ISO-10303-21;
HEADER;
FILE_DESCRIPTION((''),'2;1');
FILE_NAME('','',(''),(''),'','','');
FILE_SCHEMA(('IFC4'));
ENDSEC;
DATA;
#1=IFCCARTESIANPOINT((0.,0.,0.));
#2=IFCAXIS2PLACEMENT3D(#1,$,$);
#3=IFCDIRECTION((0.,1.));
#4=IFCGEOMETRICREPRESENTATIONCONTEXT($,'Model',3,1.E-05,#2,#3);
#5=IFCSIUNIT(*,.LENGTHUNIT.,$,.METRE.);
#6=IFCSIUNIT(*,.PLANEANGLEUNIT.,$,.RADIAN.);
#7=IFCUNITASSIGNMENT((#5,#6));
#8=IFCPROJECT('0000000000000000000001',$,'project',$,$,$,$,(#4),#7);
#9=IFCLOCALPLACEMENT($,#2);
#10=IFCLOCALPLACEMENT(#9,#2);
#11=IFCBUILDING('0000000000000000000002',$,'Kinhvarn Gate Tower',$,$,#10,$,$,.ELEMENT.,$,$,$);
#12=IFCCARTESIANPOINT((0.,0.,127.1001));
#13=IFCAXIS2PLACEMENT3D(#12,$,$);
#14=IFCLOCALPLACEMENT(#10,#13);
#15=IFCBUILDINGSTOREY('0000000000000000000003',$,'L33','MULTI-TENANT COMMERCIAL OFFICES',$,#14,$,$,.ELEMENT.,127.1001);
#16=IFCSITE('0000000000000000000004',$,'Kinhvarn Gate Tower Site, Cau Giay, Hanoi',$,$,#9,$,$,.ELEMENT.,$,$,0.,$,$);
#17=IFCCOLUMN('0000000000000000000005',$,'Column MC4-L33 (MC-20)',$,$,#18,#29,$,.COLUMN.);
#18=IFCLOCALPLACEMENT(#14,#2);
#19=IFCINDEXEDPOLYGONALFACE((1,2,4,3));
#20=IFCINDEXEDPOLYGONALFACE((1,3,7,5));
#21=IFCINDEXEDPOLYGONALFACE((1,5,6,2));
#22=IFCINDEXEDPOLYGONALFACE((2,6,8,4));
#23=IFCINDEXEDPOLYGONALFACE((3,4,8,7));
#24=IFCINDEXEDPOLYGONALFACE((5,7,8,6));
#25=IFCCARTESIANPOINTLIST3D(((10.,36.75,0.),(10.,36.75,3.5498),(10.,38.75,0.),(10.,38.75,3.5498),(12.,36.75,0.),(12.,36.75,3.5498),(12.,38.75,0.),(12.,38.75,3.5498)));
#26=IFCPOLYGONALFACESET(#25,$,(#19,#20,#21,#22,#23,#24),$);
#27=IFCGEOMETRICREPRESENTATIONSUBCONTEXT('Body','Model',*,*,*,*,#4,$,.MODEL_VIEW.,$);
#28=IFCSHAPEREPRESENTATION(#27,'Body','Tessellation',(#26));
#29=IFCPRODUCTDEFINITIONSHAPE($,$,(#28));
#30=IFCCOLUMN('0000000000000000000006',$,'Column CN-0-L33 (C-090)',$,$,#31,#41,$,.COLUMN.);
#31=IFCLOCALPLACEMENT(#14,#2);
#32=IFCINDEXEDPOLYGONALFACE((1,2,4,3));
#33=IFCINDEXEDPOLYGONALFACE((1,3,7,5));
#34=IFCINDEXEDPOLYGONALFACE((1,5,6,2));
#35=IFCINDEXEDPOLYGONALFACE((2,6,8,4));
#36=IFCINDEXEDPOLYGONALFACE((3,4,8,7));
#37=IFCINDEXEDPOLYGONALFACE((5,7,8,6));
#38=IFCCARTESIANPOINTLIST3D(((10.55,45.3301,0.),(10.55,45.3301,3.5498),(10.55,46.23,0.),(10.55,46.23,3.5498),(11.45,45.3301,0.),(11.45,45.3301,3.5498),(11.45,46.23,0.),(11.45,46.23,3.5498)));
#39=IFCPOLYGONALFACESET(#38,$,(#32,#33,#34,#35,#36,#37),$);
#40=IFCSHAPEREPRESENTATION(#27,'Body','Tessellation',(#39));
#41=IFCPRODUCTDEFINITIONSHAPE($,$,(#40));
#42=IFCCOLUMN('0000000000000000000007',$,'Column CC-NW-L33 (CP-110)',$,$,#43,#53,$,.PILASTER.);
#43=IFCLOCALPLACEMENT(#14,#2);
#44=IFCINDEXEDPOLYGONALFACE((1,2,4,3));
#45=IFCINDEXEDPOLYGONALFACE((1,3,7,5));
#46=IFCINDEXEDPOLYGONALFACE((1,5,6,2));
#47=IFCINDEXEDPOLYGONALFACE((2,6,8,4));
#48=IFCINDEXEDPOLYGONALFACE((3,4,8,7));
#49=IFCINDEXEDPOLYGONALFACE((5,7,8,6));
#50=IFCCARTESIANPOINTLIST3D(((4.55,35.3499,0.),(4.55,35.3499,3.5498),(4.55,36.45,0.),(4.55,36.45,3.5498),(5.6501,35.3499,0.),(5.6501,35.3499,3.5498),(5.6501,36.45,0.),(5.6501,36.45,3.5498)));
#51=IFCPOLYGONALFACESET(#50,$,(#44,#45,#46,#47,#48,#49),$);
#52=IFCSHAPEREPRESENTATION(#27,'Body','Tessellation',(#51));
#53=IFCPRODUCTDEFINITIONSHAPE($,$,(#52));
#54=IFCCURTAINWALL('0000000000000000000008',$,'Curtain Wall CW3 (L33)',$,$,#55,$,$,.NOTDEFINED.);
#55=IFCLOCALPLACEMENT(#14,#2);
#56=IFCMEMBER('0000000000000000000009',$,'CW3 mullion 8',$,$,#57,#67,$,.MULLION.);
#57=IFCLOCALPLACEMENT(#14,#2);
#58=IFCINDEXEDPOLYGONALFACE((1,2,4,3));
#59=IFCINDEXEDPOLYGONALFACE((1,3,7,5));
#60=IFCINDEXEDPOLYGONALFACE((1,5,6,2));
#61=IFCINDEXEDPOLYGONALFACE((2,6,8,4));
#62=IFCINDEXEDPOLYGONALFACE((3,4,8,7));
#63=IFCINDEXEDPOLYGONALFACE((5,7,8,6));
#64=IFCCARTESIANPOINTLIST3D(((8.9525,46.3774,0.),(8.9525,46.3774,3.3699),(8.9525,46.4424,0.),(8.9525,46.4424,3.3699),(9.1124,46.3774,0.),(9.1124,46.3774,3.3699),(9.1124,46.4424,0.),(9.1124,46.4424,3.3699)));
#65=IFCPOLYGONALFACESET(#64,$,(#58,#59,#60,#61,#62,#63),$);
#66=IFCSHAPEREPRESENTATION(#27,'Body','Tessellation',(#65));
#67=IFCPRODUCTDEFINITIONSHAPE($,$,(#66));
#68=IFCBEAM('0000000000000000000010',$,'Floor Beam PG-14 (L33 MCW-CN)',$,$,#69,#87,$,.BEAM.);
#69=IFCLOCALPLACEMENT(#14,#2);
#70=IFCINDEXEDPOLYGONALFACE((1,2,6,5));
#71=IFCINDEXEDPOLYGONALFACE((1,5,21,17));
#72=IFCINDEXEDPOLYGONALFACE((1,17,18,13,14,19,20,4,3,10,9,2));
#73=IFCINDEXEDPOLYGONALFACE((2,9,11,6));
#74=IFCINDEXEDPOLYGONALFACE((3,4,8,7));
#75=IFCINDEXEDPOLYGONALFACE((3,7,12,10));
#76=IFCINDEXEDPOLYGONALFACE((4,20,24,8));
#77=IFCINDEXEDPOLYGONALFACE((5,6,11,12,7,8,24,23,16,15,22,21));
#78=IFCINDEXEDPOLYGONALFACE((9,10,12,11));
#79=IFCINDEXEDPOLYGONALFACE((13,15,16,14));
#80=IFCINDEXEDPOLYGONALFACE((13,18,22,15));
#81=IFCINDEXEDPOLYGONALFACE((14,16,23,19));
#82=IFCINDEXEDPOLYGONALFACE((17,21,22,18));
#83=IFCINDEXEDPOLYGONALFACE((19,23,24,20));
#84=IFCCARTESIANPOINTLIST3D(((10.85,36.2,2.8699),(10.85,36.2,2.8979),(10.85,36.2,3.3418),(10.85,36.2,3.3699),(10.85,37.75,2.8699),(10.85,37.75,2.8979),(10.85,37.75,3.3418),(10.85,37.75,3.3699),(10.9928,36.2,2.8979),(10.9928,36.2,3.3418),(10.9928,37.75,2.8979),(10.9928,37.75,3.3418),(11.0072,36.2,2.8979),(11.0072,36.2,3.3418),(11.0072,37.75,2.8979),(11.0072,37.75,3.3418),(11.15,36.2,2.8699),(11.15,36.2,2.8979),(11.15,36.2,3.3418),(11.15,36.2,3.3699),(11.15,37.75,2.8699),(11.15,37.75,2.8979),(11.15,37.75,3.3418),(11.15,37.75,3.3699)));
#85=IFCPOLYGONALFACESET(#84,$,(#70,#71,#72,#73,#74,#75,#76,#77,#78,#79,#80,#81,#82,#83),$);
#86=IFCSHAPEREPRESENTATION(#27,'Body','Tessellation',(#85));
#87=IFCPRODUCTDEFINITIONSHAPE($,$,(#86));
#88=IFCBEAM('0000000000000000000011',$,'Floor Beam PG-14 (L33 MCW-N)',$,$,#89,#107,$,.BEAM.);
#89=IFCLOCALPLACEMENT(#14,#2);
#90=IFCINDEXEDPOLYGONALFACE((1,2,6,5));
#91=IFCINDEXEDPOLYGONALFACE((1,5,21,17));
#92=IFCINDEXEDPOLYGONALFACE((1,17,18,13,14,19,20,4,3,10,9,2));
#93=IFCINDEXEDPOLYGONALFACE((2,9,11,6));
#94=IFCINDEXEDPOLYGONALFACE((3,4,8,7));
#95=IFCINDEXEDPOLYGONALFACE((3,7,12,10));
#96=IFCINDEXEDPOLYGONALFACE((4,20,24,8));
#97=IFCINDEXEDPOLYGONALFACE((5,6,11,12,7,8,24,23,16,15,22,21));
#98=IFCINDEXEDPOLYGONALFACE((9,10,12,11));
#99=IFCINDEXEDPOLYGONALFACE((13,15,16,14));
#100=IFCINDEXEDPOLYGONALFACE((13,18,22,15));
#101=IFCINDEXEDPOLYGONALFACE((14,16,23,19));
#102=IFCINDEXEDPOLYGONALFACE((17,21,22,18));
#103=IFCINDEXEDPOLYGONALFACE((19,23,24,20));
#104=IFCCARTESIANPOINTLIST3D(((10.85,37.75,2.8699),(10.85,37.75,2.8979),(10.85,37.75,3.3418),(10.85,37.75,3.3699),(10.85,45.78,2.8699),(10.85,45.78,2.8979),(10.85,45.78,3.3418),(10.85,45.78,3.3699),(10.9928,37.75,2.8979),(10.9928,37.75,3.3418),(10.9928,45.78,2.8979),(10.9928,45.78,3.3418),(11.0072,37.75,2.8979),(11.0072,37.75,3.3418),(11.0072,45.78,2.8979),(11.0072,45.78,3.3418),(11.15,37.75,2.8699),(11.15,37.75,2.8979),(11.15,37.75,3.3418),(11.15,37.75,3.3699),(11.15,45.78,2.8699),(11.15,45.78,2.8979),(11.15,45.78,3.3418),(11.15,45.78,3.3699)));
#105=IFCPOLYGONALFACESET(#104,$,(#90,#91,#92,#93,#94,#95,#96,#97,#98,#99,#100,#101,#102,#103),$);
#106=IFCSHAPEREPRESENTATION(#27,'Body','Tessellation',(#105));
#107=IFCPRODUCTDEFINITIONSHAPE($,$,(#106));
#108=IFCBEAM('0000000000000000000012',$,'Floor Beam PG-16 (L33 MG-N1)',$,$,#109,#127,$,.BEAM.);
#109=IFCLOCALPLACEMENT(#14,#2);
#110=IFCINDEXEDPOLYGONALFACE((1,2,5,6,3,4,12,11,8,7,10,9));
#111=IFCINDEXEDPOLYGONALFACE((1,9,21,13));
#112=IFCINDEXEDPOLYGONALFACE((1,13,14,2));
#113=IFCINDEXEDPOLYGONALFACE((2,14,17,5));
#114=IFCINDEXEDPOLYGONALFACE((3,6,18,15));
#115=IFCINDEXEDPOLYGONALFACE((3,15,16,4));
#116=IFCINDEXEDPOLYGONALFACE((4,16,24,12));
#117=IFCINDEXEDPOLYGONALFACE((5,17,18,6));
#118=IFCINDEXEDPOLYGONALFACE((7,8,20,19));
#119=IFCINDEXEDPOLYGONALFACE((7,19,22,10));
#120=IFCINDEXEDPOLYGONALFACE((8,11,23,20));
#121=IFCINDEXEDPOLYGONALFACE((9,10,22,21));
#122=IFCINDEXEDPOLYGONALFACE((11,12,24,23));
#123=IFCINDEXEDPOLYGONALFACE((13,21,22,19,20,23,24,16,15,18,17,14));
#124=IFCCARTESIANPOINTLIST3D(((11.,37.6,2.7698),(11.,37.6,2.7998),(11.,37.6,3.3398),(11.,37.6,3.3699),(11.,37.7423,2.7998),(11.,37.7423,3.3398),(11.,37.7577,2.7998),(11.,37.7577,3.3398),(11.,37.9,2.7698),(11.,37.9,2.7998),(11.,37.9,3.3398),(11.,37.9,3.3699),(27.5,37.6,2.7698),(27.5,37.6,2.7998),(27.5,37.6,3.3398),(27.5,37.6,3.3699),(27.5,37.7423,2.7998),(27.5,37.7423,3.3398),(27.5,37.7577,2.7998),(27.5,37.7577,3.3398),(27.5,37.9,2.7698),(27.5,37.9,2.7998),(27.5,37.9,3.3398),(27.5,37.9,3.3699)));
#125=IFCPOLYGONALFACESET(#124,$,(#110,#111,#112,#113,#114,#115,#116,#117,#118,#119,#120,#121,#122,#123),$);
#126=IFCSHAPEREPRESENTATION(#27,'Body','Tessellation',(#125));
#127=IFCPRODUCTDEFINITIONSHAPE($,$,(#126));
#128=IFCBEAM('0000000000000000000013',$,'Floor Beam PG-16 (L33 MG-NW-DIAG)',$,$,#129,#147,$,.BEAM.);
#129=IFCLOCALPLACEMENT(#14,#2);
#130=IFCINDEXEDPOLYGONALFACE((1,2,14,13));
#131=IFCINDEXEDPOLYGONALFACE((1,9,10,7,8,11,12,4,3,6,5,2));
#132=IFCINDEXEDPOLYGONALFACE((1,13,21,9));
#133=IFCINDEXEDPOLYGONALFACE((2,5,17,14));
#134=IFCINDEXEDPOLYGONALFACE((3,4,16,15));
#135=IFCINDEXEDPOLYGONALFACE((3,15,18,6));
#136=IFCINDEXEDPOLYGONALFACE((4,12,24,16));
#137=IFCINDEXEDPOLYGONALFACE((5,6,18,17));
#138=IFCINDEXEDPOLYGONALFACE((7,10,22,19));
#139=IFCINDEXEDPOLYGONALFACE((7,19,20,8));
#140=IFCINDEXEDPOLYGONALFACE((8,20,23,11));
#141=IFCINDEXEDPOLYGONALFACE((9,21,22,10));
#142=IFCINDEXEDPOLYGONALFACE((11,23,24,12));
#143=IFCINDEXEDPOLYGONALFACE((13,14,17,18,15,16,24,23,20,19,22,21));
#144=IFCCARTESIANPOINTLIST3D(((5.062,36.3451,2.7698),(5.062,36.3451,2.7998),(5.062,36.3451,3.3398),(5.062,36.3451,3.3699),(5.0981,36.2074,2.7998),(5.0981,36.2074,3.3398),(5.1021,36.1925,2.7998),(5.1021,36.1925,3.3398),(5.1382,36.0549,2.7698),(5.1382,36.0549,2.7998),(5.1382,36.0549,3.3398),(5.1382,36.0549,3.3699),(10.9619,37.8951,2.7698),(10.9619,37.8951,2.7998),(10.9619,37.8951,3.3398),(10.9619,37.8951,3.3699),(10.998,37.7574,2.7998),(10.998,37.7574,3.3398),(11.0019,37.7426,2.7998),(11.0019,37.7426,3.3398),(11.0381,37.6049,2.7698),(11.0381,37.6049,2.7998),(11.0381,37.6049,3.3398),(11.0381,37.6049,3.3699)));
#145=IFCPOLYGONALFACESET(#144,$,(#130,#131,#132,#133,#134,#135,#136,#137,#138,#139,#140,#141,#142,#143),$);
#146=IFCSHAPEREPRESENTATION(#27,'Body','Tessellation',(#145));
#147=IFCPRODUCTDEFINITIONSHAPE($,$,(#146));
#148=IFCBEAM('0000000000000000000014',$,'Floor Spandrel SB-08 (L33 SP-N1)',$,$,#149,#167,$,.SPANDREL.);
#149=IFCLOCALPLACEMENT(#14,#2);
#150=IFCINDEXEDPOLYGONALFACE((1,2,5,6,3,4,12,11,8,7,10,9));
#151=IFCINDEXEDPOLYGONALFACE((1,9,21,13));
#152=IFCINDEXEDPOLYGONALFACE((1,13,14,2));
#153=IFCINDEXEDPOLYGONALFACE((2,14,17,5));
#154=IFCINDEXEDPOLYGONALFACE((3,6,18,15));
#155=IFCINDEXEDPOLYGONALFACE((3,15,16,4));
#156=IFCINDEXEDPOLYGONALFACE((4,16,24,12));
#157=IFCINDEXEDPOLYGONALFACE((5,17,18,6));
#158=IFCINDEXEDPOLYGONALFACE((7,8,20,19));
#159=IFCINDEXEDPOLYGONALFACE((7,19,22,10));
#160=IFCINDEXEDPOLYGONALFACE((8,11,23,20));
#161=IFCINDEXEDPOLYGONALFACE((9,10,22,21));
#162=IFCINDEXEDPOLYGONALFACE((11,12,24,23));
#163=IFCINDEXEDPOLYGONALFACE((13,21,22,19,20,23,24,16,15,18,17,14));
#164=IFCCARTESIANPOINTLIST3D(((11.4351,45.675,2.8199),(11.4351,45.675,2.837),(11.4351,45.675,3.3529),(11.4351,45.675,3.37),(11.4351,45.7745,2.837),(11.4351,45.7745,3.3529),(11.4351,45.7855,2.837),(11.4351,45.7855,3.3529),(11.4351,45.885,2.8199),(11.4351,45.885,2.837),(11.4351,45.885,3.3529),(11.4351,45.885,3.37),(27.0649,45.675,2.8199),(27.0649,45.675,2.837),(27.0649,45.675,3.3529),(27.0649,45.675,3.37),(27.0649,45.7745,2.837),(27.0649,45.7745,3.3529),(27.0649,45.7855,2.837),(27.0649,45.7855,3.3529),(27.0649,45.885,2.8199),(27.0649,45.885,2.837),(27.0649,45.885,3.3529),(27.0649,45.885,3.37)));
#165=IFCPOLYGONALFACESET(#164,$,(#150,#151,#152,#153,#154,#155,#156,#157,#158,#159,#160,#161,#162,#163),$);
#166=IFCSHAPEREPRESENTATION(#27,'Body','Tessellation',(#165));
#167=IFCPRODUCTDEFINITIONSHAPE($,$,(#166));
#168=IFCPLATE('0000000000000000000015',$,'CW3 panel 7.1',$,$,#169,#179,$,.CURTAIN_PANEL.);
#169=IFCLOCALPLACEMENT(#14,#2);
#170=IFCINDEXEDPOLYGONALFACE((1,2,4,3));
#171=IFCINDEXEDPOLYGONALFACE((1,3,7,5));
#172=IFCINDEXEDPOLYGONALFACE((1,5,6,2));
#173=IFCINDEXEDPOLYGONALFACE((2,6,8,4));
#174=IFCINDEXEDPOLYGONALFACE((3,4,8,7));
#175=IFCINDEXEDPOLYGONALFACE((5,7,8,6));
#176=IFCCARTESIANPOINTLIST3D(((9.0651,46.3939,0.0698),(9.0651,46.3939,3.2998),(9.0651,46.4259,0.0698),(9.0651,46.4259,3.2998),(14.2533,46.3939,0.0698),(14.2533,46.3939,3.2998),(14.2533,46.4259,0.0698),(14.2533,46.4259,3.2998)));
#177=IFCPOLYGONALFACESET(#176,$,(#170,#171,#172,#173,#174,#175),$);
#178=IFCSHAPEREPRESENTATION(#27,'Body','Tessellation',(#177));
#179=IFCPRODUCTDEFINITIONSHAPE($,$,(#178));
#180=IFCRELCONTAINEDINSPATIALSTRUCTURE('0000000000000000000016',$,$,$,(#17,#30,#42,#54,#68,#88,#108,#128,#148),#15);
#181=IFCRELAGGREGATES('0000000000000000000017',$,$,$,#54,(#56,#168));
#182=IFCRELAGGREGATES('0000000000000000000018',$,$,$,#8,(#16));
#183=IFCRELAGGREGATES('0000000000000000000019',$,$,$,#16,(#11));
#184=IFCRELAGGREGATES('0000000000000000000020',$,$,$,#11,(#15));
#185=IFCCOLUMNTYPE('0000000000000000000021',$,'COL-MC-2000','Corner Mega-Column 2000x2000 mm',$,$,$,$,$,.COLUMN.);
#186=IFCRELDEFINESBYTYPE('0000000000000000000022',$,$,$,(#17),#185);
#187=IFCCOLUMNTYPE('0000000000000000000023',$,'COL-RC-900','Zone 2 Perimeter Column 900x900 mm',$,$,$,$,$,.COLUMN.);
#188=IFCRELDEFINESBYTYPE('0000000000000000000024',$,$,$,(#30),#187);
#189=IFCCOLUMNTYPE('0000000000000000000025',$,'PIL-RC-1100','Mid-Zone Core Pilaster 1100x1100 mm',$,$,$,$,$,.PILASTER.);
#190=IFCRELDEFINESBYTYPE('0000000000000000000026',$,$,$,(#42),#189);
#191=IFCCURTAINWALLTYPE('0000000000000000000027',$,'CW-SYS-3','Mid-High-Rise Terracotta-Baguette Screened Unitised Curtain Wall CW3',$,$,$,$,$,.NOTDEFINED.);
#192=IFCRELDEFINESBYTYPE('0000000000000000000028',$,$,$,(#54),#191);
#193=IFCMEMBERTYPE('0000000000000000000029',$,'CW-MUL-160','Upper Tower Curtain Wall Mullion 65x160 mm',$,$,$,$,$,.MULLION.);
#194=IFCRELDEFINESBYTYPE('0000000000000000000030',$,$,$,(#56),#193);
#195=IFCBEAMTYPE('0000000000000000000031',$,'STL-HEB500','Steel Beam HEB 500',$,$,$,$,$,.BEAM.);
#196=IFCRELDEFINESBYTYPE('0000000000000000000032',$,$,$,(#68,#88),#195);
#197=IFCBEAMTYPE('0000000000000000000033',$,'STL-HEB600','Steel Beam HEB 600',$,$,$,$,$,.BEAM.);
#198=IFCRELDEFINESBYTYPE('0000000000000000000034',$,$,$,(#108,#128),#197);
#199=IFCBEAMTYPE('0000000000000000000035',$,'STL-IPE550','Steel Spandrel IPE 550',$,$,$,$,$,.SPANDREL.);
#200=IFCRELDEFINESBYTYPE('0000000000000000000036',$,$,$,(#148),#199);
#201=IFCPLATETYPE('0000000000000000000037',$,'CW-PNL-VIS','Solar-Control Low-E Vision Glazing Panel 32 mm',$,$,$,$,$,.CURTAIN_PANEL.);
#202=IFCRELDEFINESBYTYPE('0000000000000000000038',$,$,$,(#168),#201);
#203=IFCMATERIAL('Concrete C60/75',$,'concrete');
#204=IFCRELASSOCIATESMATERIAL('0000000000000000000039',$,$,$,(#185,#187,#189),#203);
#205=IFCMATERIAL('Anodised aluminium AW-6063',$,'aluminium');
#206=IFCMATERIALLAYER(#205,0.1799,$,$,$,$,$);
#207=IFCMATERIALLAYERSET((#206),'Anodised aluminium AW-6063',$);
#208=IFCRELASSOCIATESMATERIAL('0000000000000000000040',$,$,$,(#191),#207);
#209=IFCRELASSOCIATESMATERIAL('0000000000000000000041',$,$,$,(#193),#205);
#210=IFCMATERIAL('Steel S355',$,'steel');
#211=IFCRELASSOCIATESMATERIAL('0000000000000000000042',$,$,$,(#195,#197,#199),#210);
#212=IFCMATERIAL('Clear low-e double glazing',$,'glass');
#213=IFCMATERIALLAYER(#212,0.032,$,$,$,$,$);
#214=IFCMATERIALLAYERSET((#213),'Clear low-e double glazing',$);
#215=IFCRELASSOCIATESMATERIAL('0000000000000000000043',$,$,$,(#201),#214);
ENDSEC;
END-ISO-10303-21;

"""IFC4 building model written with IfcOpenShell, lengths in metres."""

from ifc_helpers import new_model, si_unit, direction, frame, origin, origin_2d, place, context, subcontext, project, spatial, rectangle, i_section, extrude, material, layer, layer_set, material_profile, profile_set, type_object, element, aggregate, save


model = new_model("IFC4")

# Units and contexts
model_context = context("Model", 3, precision=1e-05, world=origin(), true_north=direction((0.0, 1.0)))
body_context = subcontext(model_context, "Body", "Model", "MODEL_VIEW")
ifc_project = project(units=[si_unit("LENGTHUNIT", "METRE"), si_unit("PLANEANGLEUNIT", "RADIAN")], contexts=[model_context])

# Site, building, storey
site_placement = place(None, origin())
site = spatial("IfcSite", under=ifc_project, at=site_placement, Name="Kinhvarn Gate Tower Site, Cau Giay, Hanoi", CompositionType="ELEMENT", RefElevation=0.0)
building_placement = place(site_placement, origin())
building = spatial("IfcBuilding", under=site, at=building_placement, Name="Kinhvarn Gate Tower", CompositionType="ELEMENT")
storey_placement = place(building_placement, frame((0.0, 0.0, 127.1001)))
storey = spatial("IfcBuildingStorey", under=building, at=storey_placement, Name="L33", Description="MULTI-TENANT COMMERCIAL OFFICES", CompositionType="ELEMENT", Elevation=127.1001)

# Columns
ifc_material_1 = material(Name="Concrete C60/75", Category="concrete")
ifc_material_profile_1 = material_profile(ifc_material_1, rectangle(XDim=2.0, YDim=2.0, at=origin_2d()), Name="RC 2000x2000")
ifc_profile_set_1 = profile_set([ifc_material_profile_1], Name="Concrete C60/75")
column_type_1 = type_object("IfcColumnType", Name="COL-MC-2000", Description="Corner Mega-Column 2000x2000 mm", PredefinedType="COLUMN", material=ifc_profile_set_1)
column_1_placement = place(storey_placement, frame((11.0, 37.75, 0.0), z_axis=(0.0, 0.0, 1.0), x_axis=(1.0, 0.0, 0.0)))
element("IfcColumn", 1, at=column_1_placement, inside=storey, type_object=column_type_1, Name="Column MC4-L33 (MC-20)", PredefinedType="COLUMN", context=body_context, shape_type="SweptSolid", body=[
    extrude(rectangle(XDim=2.0, YDim=2.0, at=origin_2d()), origin(), (0.0, 0.0, 1.0), 3.5498),
])
ifc_material_profile_2 = material_profile(ifc_material_1, rectangle(XDim=0.8999, YDim=0.8999, at=origin_2d()), Name="RC 900x900")
ifc_profile_set_2 = profile_set([ifc_material_profile_2], Name="Concrete C60/75")
column_type_2 = type_object("IfcColumnType", Name="COL-RC-900", Description="Zone 2 Perimeter Column 900x900 mm", PredefinedType="COLUMN", material=ifc_profile_set_2)
column_2_placement = place(storey_placement, frame((11.0, 45.78, 0.0), z_axis=(0.0, 0.0, 1.0), x_axis=(1.0, 0.0, 0.0)))
element("IfcColumn", 2, at=column_2_placement, inside=storey, type_object=column_type_2, Name="Column CN-0-L33 (C-090)", PredefinedType="COLUMN", context=body_context, shape_type="SweptSolid", body=[
    extrude(rectangle(XDim=0.8999, YDim=0.8999, at=origin_2d()), origin(), (0.0, 0.0, 1.0), 3.5498),
])
ifc_material_profile_3 = material_profile(ifc_material_1, rectangle(XDim=1.1001, YDim=1.1001, at=origin_2d()), Name="RC 1100x1100")
ifc_profile_set_3 = profile_set([ifc_material_profile_3], Name="Concrete C60/75")
column_type_3 = type_object("IfcColumnType", Name="PIL-RC-1100", Description="Mid-Zone Core Pilaster 1100x1100 mm", PredefinedType="PILASTER", material=ifc_profile_set_3)
column_3_placement = place(storey_placement, frame((5.1001, 35.8999, 0.0), z_axis=(0.0, 0.0, 1.0), x_axis=(1.0, 0.0, 0.0)))
element("IfcColumn", 3, at=column_3_placement, inside=storey, type_object=column_type_3, Name="Column CC-NW-L33 (CP-110)", PredefinedType="PILASTER", context=body_context, shape_type="SweptSolid", body=[
    extrude(rectangle(XDim=1.1001, YDim=1.1001, at=origin_2d()), origin(), (0.0, 0.0, 1.0), 3.5498),
])

# Curtain wall, member
ifc_material_2 = material(Name="Anodised aluminium AW-6063", Category="aluminium")
ifc_layer_1 = layer(ifc_material_2, 0.1799)
ifc_layer_set_1 = layer_set([ifc_layer_1], Name="Anodised aluminium AW-6063")
curtain_wall_type = type_object("IfcCurtainWallType", Name="CW-SYS-3", Description="Mid-High-Rise Terracotta-Baguette Screened Unitised Curtain Wall CW3", PredefinedType="NOTDEFINED", material=ifc_layer_set_1)
curtain_wall_placement = place(storey_placement, origin())
curtain_wall = element("IfcCurtainWall", 4, at=curtain_wall_placement, inside=storey, type_object=curtain_wall_type, Name="Curtain Wall CW3 (L33)", PredefinedType="NOTDEFINED")
ifc_material_profile_4 = material_profile(ifc_material_2, rectangle(XDim=0.0649, YDim=0.1599, at=origin_2d()), Name="ALU 65x160")
ifc_profile_set_4 = profile_set([ifc_material_profile_4], Name="Anodised aluminium AW-6063")
member_type = type_object("IfcMemberType", Name="CW-MUL-160", Description="Upper Tower Curtain Wall Mullion 65x160 mm", PredefinedType="MULLION", material=ifc_profile_set_4)
member_placement = place(storey_placement, frame((9.0325, 46.4099, 0.0), z_axis=(0.0, 0.0, 1.0), x_axis=(0.0, -1.0, 0.0)))
member = element("IfcMember", 5, at=member_placement, type_object=member_type, Name="CW3 mullion 8", PredefinedType="MULLION", context=body_context, shape_type="SweptSolid", body=[
    extrude(rectangle(XDim=0.0649, YDim=0.1599, at=origin_2d()), origin(), (0.0, 0.0, 1.0), 3.3699),
])

# Beams
ifc_material_3 = material(Name="Steel S355", Category="steel")
ifc_material_profile_5 = material_profile(ifc_material_3, i_section(OverallWidth=0.3, OverallDepth=0.5, WebThickness=0.0144, FlangeThickness=0.0281, at=origin_2d()), Name="HEB 500")
ifc_profile_set_5 = profile_set([ifc_material_profile_5], Name="Steel S355")
beam_type_1 = type_object("IfcBeamType", Name="STL-HEB500", Description="Steel Beam HEB 500", PredefinedType="BEAM", material=ifc_profile_set_5)
beam_1_placement = place(storey_placement, frame((11.0, 36.2, 3.1199), z_axis=(0.0, 1.0, 0.0), x_axis=(-1.0, 0.0, 0.0)))
element("IfcBeam", 6, at=beam_1_placement, inside=storey, type_object=beam_type_1, Name="Floor Beam PG-14 (L33 MCW-CN)", PredefinedType="BEAM", context=body_context, shape_type="SweptSolid", body=[
    extrude(i_section(OverallWidth=0.3, OverallDepth=0.5, WebThickness=0.0144, FlangeThickness=0.0281, at=origin_2d()), origin(), (0.0, 0.0, 1.0), 1.55),
])
beam_2_placement = place(storey_placement, frame((11.0, 37.75, 3.1199), z_axis=(0.0, 1.0, 0.0), x_axis=(-1.0, 0.0, 0.0)))
element("IfcBeam", 7, at=beam_2_placement, inside=storey, type_object=beam_type_1, Name="Floor Beam PG-14 (L33 MCW-N)", PredefinedType="BEAM", context=body_context, shape_type="SweptSolid", body=[
    extrude(i_section(OverallWidth=0.3, OverallDepth=0.5, WebThickness=0.0144, FlangeThickness=0.0281, at=origin_2d()), origin(), (0.0, 0.0, 1.0), 8.03),
])
ifc_material_profile_6 = material_profile(ifc_material_3, i_section(OverallWidth=0.3, OverallDepth=0.6001, WebThickness=0.0154, FlangeThickness=0.03, at=origin_2d()), Name="HEB 600")
ifc_profile_set_6 = profile_set([ifc_material_profile_6], Name="Steel S355")
beam_type_2 = type_object("IfcBeamType", Name="STL-HEB600", Description="Steel Beam HEB 600", PredefinedType="BEAM", material=ifc_profile_set_6)
beam_3_placement = place(storey_placement, frame((11.0, 37.75, 3.0698), z_axis=(1.0, 0.0, 0.0), x_axis=(0.0, 1.0, 0.0)))
element("IfcBeam", 8, at=beam_3_placement, inside=storey, type_object=beam_type_2, Name="Floor Beam PG-16 (L33 MG-N1)", PredefinedType="BEAM", context=body_context, shape_type="SweptSolid", body=[
    extrude(i_section(OverallWidth=0.3, OverallDepth=0.6001, WebThickness=0.0154, FlangeThickness=0.03, at=origin_2d()), origin(), (0.0, 0.0, 1.0), 16.5),
])
beam_4_placement = place(storey_placement, frame((5.1001, 36.2, 3.0698), z_axis=(0.967178, 0.254101, 0.0), x_axis=(-0.254101, 0.967178, 0.0)))
element("IfcBeam", 9, at=beam_4_placement, inside=storey, type_object=beam_type_2, Name="Floor Beam PG-16 (L33 MG-NW-DIAG)", PredefinedType="BEAM", context=body_context, shape_type="SweptSolid", body=[
    extrude(i_section(OverallWidth=0.3, OverallDepth=0.6001, WebThickness=0.0154, FlangeThickness=0.03, at=origin_2d()), origin(), (0.0, 0.0, 1.0), 6.1001),
])
ifc_material_profile_7 = material_profile(ifc_material_3, i_section(OverallWidth=0.21, OverallDepth=0.55, WebThickness=0.011, FlangeThickness=0.0171, at=origin_2d()), Name="IPE 550")
ifc_profile_set_7 = profile_set([ifc_material_profile_7], Name="Steel S355")
beam_type_3 = type_object("IfcBeamType", Name="STL-IPE550", Description="Steel Spandrel IPE 550", PredefinedType="SPANDREL", material=ifc_profile_set_7)
beam_5_placement = place(storey_placement, frame((11.4351, 45.78, 3.095), z_axis=(1.0, 0.0, 0.0), x_axis=(0.0, 1.0, 0.0)))
element("IfcBeam", 10, at=beam_5_placement, inside=storey, type_object=beam_type_3, Name="Floor Spandrel SB-08 (L33 SP-N1)", PredefinedType="SPANDREL", context=body_context, shape_type="SweptSolid", body=[
    extrude(i_section(OverallWidth=0.21, OverallDepth=0.55, WebThickness=0.011, FlangeThickness=0.0171, at=origin_2d()), origin(), (0.0, 0.0, 1.0), 15.6299),
])

# Plate
ifc_material_4 = material(Name="Clear low-e double glazing", Category="glass")
ifc_layer_2 = layer(ifc_material_4, 0.032)
ifc_layer_set_2 = layer_set([ifc_layer_2], Name="Clear low-e double glazing")
plate_type = type_object("IfcPlateType", Name="CW-PNL-VIS", Description="Solar-Control Low-E Vision Glazing Panel 32 mm", PredefinedType="CURTAIN_PANEL", material=ifc_layer_set_2)
plate_placement = place(storey_placement, frame((11.6592, 46.4099, 0.0698), z_axis=(0.0, 0.0, 1.0), x_axis=(-1.0, 0.0, 0.0)))
plate = element("IfcPlate", 11, at=plate_placement, type_object=plate_type, Name="CW3 panel 7.1", PredefinedType="CURTAIN_PANEL", context=body_context, shape_type="SweptSolid", body=[
    extrude(rectangle(XDim=5.1882, YDim=0.032, at=origin_2d()), origin(), (0.0, 0.0, 1.0), 3.23),
])
aggregate(curtain_wall, [member, plate])

save(model, "model.ifc")
